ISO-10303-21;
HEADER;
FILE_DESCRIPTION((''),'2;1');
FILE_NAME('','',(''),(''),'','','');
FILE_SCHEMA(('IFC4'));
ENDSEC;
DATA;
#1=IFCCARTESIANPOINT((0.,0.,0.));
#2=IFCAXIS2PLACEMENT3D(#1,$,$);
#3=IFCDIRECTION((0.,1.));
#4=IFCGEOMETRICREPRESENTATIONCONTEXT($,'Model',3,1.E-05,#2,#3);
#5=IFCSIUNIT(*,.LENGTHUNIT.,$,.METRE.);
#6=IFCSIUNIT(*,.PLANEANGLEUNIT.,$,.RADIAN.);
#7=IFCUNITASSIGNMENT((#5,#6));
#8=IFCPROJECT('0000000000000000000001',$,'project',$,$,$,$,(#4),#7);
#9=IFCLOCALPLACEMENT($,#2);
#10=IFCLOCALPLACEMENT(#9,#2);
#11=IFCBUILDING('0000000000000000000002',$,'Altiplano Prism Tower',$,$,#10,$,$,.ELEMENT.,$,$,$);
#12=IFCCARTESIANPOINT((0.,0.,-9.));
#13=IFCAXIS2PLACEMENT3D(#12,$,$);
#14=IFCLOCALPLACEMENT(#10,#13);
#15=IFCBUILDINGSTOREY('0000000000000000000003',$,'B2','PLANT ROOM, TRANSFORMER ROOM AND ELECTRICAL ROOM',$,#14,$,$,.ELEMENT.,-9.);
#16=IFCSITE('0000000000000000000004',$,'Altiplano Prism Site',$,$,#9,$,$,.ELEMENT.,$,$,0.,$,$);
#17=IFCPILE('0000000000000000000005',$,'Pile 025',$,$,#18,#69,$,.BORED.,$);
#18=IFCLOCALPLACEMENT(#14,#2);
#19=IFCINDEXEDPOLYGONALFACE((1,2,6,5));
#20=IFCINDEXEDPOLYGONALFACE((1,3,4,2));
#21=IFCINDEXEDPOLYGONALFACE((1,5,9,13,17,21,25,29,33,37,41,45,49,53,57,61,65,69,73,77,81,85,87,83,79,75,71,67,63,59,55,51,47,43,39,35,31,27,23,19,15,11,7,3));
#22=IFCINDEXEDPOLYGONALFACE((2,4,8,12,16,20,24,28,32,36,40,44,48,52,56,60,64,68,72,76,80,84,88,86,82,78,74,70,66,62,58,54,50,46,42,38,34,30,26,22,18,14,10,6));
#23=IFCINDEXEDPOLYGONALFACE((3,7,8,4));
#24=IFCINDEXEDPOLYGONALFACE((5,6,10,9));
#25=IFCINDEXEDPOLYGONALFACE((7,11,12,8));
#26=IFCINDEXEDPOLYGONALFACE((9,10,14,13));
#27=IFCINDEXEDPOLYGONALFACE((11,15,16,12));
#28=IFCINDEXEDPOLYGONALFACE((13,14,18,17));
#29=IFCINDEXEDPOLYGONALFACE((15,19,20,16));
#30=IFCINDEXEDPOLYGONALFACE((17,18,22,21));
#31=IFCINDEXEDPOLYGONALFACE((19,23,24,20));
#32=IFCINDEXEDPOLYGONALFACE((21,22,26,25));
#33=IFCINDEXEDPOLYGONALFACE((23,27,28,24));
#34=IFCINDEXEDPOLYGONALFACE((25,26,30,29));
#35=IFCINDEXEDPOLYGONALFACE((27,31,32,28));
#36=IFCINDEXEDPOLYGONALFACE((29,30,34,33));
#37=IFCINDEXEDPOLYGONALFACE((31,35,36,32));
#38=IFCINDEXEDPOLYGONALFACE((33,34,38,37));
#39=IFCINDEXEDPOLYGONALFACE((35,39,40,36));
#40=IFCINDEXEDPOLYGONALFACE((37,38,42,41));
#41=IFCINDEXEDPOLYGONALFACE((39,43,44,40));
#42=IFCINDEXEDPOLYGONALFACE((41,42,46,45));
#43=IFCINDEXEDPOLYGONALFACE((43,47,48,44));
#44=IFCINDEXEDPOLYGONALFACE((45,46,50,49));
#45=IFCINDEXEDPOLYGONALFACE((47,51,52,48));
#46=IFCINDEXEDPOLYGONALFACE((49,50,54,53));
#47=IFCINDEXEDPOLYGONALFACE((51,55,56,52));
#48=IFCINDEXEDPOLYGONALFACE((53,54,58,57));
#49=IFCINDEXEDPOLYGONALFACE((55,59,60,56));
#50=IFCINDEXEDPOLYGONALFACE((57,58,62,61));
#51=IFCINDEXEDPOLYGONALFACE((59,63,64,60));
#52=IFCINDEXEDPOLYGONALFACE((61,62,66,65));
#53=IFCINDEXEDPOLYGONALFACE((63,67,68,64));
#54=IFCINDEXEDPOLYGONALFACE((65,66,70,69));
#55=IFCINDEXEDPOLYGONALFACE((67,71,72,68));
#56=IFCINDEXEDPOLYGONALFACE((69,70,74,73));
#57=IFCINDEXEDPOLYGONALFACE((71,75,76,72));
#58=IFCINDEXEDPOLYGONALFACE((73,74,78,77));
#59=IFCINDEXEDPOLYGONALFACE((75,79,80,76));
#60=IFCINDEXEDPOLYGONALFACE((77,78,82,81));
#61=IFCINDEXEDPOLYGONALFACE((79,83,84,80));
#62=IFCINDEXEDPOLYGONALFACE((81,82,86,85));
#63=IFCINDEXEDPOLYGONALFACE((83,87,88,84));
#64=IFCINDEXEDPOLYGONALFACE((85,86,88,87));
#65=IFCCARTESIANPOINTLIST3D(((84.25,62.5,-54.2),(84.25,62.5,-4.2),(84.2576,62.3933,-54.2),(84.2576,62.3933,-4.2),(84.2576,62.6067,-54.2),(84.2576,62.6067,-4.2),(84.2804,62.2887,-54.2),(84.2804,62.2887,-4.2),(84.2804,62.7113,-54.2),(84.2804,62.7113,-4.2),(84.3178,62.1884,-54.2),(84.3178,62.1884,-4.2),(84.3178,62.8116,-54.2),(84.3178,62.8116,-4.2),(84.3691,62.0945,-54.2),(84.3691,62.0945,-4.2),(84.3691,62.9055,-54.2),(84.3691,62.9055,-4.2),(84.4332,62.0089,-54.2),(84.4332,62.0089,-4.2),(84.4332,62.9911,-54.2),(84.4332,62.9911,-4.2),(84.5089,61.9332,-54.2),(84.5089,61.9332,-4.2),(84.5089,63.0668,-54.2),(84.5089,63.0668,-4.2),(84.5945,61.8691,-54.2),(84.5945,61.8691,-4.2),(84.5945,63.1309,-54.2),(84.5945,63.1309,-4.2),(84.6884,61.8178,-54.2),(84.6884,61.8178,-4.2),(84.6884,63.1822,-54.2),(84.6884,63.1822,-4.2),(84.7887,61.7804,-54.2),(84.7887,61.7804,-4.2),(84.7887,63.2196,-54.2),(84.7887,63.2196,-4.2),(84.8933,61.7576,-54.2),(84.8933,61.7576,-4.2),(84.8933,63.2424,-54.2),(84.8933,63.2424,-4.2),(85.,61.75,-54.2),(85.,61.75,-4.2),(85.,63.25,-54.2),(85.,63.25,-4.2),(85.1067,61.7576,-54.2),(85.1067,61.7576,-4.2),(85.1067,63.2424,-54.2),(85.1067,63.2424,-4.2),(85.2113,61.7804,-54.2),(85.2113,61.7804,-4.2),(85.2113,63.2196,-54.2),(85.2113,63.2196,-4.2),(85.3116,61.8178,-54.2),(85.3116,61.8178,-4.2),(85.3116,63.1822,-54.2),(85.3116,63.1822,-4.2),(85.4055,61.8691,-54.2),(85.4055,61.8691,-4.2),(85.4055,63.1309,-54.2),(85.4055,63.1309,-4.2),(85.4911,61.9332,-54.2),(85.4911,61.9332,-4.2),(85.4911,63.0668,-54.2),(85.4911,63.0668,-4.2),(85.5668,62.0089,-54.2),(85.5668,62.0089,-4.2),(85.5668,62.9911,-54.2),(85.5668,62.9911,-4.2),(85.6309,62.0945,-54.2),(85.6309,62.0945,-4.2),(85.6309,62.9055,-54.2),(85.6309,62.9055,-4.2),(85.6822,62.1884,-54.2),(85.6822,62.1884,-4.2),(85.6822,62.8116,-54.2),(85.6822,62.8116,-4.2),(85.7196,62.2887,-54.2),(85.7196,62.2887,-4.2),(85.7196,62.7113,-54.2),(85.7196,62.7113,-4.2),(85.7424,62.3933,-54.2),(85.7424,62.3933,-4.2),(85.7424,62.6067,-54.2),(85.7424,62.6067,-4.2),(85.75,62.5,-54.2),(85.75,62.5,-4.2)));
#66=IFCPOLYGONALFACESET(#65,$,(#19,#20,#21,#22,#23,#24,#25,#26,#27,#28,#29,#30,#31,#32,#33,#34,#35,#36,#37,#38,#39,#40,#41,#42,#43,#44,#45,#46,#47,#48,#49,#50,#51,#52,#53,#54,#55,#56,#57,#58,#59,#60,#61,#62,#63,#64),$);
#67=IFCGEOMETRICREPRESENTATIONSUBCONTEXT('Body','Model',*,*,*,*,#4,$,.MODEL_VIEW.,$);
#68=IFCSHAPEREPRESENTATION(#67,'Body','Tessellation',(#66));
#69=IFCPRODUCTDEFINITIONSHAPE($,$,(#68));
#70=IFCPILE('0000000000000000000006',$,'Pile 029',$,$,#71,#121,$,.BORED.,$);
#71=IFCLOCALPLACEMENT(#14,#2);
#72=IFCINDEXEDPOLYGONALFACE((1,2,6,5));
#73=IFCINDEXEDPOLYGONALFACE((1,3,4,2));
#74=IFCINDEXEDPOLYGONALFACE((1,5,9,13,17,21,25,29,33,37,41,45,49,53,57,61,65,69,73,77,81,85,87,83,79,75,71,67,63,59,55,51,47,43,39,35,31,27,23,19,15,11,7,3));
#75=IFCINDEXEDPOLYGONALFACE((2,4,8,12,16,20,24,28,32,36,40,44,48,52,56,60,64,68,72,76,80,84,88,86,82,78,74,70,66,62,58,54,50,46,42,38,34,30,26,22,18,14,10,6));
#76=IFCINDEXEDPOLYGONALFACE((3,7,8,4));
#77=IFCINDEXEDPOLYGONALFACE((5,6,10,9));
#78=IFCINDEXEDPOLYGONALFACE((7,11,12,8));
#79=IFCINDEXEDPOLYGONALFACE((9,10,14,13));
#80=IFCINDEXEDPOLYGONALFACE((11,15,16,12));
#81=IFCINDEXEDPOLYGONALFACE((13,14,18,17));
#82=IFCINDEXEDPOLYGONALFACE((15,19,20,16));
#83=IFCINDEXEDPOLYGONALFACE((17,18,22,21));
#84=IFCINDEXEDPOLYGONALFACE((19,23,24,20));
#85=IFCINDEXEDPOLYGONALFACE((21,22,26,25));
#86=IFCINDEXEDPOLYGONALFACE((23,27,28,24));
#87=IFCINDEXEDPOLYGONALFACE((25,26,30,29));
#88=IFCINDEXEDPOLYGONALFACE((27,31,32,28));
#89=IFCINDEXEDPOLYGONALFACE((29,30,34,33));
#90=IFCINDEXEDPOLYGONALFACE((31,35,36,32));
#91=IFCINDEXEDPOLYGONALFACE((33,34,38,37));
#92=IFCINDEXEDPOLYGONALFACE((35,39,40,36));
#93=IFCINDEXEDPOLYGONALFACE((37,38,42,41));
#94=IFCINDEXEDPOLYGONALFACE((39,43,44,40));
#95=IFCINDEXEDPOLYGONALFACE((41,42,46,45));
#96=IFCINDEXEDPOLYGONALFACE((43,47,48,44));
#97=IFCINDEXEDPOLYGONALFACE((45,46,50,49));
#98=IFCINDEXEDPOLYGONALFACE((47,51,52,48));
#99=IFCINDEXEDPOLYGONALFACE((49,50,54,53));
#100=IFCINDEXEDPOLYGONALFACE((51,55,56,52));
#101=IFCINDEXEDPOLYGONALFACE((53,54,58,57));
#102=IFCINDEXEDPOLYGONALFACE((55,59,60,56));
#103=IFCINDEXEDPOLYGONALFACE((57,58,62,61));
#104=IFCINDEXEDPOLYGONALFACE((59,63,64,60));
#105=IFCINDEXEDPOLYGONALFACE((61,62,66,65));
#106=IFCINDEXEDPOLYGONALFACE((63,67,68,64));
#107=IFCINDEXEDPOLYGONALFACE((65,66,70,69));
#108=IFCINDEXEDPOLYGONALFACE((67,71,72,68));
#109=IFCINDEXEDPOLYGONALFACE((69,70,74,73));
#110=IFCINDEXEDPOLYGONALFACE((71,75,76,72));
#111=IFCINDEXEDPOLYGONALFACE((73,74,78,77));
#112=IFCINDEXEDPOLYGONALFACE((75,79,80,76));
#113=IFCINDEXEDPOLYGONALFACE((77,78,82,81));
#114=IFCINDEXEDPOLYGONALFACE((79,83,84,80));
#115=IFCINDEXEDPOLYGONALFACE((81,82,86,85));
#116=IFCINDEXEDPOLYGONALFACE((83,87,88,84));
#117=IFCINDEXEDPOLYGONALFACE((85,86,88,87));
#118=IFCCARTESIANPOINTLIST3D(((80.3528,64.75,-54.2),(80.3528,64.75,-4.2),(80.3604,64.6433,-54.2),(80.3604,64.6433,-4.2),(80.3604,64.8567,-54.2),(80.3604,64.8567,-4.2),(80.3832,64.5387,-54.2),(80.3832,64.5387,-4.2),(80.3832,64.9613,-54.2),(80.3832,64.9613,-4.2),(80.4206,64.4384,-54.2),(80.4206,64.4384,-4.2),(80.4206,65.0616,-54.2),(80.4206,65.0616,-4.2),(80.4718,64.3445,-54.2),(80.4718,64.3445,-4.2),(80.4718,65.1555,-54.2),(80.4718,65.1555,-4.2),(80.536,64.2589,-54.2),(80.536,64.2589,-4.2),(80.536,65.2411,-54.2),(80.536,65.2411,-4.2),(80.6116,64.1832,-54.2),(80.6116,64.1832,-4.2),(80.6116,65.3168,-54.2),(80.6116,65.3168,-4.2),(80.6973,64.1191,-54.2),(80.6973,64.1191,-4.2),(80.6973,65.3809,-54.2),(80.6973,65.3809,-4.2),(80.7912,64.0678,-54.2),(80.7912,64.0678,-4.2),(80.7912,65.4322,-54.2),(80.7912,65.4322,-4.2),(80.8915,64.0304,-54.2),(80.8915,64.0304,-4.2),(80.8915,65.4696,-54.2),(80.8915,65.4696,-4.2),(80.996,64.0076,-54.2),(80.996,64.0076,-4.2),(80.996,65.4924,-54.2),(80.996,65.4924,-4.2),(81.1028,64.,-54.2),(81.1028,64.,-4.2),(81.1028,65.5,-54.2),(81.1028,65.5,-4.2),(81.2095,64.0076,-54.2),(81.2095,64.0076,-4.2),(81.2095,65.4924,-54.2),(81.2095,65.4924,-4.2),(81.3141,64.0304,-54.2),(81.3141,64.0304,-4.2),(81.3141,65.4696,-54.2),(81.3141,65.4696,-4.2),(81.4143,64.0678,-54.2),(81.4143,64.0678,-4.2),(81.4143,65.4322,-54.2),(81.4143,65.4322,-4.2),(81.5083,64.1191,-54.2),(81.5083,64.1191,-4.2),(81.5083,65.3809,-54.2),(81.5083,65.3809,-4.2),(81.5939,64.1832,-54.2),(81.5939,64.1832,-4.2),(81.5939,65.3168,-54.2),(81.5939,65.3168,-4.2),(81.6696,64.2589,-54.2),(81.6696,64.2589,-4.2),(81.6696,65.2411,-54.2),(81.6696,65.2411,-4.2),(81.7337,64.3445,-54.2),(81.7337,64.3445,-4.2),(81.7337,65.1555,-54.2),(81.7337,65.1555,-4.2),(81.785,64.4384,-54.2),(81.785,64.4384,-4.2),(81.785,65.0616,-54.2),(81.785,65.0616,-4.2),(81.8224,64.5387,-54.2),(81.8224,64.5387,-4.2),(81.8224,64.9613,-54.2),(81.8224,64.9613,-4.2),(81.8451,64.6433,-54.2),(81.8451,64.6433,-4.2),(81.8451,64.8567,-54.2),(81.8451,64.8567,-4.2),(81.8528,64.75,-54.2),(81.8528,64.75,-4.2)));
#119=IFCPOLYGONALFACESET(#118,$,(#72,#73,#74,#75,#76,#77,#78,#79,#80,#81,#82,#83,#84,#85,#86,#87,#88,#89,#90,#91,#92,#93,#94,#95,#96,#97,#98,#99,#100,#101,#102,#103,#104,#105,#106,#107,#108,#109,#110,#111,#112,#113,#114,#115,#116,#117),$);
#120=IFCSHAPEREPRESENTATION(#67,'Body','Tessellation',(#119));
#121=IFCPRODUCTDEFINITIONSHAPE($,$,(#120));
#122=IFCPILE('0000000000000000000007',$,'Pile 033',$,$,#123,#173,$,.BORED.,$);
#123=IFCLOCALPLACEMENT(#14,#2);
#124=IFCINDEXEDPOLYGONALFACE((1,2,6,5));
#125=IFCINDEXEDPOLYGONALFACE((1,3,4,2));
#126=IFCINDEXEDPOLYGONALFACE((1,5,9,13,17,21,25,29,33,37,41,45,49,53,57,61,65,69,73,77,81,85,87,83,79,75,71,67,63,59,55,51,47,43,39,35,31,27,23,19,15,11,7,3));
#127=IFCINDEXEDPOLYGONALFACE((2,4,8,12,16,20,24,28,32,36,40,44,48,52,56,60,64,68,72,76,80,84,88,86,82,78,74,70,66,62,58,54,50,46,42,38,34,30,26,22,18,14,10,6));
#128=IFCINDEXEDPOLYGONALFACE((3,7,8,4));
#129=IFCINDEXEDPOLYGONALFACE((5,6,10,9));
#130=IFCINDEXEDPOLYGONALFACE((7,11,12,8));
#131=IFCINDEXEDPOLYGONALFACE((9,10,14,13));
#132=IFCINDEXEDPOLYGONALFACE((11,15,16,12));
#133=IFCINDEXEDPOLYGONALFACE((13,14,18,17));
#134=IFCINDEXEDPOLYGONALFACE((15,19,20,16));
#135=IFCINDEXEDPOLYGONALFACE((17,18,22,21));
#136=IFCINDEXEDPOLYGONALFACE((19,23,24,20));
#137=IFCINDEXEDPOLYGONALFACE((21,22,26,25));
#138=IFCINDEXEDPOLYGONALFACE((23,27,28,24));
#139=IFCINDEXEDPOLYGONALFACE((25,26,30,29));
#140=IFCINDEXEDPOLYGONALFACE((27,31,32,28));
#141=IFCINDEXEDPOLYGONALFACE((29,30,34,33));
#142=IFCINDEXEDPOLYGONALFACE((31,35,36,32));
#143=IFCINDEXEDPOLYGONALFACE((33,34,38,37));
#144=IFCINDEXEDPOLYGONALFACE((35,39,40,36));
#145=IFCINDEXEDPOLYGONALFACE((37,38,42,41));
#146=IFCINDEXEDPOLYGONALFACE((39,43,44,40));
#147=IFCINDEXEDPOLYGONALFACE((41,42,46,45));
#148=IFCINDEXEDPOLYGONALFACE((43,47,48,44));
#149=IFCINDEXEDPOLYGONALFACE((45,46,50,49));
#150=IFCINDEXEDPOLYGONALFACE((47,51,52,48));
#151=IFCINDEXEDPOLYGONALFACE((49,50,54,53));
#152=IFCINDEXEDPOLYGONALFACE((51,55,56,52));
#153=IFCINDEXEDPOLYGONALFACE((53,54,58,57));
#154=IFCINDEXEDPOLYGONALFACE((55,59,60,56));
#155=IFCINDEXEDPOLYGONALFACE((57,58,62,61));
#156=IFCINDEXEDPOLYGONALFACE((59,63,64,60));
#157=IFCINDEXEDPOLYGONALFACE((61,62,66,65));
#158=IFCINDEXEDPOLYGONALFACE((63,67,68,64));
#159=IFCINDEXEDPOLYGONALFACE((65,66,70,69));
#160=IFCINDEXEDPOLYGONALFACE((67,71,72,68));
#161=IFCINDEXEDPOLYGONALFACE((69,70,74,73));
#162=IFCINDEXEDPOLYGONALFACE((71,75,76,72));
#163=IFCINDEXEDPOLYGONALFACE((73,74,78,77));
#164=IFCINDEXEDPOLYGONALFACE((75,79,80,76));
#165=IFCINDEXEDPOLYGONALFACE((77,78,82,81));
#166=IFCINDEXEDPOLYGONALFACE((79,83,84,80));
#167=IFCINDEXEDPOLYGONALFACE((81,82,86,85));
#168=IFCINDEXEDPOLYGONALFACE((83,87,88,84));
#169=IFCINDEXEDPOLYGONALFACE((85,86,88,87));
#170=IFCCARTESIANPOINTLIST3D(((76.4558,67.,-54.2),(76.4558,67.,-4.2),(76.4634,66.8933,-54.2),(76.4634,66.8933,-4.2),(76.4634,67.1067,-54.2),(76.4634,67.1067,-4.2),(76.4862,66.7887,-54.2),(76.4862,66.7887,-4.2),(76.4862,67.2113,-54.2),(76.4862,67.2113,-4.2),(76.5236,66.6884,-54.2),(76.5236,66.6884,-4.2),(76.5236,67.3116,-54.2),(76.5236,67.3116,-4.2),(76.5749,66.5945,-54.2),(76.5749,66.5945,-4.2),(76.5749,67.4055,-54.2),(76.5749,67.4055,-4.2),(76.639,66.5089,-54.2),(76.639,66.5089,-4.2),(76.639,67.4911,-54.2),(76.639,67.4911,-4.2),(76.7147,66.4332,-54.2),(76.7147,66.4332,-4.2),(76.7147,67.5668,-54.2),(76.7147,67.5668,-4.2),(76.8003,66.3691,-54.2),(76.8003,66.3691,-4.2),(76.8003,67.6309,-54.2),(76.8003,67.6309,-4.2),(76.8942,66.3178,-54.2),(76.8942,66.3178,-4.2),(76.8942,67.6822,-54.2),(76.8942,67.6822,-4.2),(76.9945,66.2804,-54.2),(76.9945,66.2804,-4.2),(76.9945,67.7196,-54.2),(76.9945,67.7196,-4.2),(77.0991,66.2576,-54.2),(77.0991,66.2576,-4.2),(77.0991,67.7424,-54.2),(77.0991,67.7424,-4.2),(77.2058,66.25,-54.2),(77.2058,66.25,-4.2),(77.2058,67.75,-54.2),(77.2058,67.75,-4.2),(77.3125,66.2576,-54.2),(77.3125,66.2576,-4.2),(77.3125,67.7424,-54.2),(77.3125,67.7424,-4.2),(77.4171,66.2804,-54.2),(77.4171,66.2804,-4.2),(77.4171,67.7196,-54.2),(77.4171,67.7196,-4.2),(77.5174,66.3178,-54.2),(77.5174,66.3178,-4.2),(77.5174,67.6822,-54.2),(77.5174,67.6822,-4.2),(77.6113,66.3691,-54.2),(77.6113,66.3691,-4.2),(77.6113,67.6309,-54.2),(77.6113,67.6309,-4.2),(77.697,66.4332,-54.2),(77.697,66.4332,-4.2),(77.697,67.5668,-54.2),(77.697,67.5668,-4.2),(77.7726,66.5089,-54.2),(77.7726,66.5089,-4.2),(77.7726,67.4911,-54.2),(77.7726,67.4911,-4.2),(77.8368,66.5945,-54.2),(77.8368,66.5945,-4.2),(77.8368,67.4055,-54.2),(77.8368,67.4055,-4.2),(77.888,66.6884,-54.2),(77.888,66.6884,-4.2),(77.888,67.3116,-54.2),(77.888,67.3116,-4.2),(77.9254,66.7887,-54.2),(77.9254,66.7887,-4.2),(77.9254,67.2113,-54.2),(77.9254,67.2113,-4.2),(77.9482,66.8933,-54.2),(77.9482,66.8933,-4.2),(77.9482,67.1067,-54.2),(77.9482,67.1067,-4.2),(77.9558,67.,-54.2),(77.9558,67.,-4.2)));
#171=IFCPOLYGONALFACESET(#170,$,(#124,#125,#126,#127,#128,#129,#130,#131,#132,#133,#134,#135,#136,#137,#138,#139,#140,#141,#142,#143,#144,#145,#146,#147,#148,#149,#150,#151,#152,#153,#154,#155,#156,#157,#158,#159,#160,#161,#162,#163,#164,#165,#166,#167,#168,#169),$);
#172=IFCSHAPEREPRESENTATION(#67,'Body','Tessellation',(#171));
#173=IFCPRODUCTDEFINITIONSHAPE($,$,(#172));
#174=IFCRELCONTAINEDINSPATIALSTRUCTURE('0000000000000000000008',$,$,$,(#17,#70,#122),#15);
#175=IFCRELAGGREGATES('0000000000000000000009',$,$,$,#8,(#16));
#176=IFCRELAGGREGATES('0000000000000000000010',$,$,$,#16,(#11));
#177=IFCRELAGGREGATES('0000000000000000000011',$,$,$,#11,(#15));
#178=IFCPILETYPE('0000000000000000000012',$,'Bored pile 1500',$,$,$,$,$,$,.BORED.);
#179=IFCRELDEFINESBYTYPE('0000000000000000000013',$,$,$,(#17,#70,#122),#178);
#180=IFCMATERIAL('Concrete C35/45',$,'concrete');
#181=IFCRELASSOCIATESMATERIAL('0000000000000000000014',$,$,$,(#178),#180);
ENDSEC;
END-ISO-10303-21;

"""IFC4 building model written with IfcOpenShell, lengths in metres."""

from ifc_helpers import new_model, si_unit, direction, frame, origin, origin_2d, place, context, subcontext, project, spatial, circle, extrude, material, material_profile, profile_set, type_object, element, save


model = new_model("IFC4")

# Units and contexts
model_context = context("Model", 3, precision=1e-05, world=origin(), true_north=direction((0.0, 1.0)))
body_context = subcontext(model_context, "Body", "Model", "MODEL_VIEW")
ifc_project = project(units=[si_unit("LENGTHUNIT", "METRE"), si_unit("PLANEANGLEUNIT", "RADIAN")], contexts=[model_context])

# Site, building, storey
site_placement = place(None, origin())
site = spatial("IfcSite", under=ifc_project, at=site_placement, Name="Altiplano Prism Site", CompositionType="ELEMENT", RefElevation=0.0)
building_placement = place(site_placement, origin())
building = spatial("IfcBuilding", under=site, at=building_placement, Name="Altiplano Prism Tower", CompositionType="ELEMENT")
storey_placement = place(building_placement, frame((0.0, 0.0, -9.0)))
storey = spatial("IfcBuildingStorey", under=building, at=storey_placement, Name="B2", Description="PLANT ROOM, TRANSFORMER ROOM AND ELECTRICAL ROOM", CompositionType="ELEMENT", Elevation=-9.0)

# Piles
ifc_material_1 = material(Name="Concrete C35/45", Category="concrete")
ifc_material_profile_1 = material_profile(ifc_material_1, circle(Radius=0.75, at=origin_2d()), Name="Bored pile 1500")
ifc_profile_set_1 = profile_set([ifc_material_profile_1], Name="Concrete C35/45")
pile_type = type_object("IfcPileType", Name="Bored pile 1500", PredefinedType="BORED", material=ifc_profile_set_1)
for number, where, z_axis, x_axis, name in (
    (1, (85.0, 62.5, -4.2), (0.0, 0.0, -1.0), (1.0, 0.0, 0.0), "Pile 025"),
    (2, (81.1028, 64.75, -4.2), (0.0, 0.0, -1.0), (1.0, 0.0, 0.0), "Pile 029"),
    (3, (77.2058, 67.0, -4.2), (0.0, 0.0, -1.0), (1.0, 0.0, 0.0), "Pile 033"),
):
    element("IfcPile", number, at=place(storey_placement, frame(where, z_axis=z_axis, x_axis=x_axis)), inside=storey, type_object=pile_type, Name=name, PredefinedType="BORED", context=body_context, shape_type="SweptSolid", body=[
        extrude(circle(Radius=0.75, at=origin_2d()), origin(), (0.0, 0.0, 1.0), 50.0),
    ])

save(model, "model.ifc")
